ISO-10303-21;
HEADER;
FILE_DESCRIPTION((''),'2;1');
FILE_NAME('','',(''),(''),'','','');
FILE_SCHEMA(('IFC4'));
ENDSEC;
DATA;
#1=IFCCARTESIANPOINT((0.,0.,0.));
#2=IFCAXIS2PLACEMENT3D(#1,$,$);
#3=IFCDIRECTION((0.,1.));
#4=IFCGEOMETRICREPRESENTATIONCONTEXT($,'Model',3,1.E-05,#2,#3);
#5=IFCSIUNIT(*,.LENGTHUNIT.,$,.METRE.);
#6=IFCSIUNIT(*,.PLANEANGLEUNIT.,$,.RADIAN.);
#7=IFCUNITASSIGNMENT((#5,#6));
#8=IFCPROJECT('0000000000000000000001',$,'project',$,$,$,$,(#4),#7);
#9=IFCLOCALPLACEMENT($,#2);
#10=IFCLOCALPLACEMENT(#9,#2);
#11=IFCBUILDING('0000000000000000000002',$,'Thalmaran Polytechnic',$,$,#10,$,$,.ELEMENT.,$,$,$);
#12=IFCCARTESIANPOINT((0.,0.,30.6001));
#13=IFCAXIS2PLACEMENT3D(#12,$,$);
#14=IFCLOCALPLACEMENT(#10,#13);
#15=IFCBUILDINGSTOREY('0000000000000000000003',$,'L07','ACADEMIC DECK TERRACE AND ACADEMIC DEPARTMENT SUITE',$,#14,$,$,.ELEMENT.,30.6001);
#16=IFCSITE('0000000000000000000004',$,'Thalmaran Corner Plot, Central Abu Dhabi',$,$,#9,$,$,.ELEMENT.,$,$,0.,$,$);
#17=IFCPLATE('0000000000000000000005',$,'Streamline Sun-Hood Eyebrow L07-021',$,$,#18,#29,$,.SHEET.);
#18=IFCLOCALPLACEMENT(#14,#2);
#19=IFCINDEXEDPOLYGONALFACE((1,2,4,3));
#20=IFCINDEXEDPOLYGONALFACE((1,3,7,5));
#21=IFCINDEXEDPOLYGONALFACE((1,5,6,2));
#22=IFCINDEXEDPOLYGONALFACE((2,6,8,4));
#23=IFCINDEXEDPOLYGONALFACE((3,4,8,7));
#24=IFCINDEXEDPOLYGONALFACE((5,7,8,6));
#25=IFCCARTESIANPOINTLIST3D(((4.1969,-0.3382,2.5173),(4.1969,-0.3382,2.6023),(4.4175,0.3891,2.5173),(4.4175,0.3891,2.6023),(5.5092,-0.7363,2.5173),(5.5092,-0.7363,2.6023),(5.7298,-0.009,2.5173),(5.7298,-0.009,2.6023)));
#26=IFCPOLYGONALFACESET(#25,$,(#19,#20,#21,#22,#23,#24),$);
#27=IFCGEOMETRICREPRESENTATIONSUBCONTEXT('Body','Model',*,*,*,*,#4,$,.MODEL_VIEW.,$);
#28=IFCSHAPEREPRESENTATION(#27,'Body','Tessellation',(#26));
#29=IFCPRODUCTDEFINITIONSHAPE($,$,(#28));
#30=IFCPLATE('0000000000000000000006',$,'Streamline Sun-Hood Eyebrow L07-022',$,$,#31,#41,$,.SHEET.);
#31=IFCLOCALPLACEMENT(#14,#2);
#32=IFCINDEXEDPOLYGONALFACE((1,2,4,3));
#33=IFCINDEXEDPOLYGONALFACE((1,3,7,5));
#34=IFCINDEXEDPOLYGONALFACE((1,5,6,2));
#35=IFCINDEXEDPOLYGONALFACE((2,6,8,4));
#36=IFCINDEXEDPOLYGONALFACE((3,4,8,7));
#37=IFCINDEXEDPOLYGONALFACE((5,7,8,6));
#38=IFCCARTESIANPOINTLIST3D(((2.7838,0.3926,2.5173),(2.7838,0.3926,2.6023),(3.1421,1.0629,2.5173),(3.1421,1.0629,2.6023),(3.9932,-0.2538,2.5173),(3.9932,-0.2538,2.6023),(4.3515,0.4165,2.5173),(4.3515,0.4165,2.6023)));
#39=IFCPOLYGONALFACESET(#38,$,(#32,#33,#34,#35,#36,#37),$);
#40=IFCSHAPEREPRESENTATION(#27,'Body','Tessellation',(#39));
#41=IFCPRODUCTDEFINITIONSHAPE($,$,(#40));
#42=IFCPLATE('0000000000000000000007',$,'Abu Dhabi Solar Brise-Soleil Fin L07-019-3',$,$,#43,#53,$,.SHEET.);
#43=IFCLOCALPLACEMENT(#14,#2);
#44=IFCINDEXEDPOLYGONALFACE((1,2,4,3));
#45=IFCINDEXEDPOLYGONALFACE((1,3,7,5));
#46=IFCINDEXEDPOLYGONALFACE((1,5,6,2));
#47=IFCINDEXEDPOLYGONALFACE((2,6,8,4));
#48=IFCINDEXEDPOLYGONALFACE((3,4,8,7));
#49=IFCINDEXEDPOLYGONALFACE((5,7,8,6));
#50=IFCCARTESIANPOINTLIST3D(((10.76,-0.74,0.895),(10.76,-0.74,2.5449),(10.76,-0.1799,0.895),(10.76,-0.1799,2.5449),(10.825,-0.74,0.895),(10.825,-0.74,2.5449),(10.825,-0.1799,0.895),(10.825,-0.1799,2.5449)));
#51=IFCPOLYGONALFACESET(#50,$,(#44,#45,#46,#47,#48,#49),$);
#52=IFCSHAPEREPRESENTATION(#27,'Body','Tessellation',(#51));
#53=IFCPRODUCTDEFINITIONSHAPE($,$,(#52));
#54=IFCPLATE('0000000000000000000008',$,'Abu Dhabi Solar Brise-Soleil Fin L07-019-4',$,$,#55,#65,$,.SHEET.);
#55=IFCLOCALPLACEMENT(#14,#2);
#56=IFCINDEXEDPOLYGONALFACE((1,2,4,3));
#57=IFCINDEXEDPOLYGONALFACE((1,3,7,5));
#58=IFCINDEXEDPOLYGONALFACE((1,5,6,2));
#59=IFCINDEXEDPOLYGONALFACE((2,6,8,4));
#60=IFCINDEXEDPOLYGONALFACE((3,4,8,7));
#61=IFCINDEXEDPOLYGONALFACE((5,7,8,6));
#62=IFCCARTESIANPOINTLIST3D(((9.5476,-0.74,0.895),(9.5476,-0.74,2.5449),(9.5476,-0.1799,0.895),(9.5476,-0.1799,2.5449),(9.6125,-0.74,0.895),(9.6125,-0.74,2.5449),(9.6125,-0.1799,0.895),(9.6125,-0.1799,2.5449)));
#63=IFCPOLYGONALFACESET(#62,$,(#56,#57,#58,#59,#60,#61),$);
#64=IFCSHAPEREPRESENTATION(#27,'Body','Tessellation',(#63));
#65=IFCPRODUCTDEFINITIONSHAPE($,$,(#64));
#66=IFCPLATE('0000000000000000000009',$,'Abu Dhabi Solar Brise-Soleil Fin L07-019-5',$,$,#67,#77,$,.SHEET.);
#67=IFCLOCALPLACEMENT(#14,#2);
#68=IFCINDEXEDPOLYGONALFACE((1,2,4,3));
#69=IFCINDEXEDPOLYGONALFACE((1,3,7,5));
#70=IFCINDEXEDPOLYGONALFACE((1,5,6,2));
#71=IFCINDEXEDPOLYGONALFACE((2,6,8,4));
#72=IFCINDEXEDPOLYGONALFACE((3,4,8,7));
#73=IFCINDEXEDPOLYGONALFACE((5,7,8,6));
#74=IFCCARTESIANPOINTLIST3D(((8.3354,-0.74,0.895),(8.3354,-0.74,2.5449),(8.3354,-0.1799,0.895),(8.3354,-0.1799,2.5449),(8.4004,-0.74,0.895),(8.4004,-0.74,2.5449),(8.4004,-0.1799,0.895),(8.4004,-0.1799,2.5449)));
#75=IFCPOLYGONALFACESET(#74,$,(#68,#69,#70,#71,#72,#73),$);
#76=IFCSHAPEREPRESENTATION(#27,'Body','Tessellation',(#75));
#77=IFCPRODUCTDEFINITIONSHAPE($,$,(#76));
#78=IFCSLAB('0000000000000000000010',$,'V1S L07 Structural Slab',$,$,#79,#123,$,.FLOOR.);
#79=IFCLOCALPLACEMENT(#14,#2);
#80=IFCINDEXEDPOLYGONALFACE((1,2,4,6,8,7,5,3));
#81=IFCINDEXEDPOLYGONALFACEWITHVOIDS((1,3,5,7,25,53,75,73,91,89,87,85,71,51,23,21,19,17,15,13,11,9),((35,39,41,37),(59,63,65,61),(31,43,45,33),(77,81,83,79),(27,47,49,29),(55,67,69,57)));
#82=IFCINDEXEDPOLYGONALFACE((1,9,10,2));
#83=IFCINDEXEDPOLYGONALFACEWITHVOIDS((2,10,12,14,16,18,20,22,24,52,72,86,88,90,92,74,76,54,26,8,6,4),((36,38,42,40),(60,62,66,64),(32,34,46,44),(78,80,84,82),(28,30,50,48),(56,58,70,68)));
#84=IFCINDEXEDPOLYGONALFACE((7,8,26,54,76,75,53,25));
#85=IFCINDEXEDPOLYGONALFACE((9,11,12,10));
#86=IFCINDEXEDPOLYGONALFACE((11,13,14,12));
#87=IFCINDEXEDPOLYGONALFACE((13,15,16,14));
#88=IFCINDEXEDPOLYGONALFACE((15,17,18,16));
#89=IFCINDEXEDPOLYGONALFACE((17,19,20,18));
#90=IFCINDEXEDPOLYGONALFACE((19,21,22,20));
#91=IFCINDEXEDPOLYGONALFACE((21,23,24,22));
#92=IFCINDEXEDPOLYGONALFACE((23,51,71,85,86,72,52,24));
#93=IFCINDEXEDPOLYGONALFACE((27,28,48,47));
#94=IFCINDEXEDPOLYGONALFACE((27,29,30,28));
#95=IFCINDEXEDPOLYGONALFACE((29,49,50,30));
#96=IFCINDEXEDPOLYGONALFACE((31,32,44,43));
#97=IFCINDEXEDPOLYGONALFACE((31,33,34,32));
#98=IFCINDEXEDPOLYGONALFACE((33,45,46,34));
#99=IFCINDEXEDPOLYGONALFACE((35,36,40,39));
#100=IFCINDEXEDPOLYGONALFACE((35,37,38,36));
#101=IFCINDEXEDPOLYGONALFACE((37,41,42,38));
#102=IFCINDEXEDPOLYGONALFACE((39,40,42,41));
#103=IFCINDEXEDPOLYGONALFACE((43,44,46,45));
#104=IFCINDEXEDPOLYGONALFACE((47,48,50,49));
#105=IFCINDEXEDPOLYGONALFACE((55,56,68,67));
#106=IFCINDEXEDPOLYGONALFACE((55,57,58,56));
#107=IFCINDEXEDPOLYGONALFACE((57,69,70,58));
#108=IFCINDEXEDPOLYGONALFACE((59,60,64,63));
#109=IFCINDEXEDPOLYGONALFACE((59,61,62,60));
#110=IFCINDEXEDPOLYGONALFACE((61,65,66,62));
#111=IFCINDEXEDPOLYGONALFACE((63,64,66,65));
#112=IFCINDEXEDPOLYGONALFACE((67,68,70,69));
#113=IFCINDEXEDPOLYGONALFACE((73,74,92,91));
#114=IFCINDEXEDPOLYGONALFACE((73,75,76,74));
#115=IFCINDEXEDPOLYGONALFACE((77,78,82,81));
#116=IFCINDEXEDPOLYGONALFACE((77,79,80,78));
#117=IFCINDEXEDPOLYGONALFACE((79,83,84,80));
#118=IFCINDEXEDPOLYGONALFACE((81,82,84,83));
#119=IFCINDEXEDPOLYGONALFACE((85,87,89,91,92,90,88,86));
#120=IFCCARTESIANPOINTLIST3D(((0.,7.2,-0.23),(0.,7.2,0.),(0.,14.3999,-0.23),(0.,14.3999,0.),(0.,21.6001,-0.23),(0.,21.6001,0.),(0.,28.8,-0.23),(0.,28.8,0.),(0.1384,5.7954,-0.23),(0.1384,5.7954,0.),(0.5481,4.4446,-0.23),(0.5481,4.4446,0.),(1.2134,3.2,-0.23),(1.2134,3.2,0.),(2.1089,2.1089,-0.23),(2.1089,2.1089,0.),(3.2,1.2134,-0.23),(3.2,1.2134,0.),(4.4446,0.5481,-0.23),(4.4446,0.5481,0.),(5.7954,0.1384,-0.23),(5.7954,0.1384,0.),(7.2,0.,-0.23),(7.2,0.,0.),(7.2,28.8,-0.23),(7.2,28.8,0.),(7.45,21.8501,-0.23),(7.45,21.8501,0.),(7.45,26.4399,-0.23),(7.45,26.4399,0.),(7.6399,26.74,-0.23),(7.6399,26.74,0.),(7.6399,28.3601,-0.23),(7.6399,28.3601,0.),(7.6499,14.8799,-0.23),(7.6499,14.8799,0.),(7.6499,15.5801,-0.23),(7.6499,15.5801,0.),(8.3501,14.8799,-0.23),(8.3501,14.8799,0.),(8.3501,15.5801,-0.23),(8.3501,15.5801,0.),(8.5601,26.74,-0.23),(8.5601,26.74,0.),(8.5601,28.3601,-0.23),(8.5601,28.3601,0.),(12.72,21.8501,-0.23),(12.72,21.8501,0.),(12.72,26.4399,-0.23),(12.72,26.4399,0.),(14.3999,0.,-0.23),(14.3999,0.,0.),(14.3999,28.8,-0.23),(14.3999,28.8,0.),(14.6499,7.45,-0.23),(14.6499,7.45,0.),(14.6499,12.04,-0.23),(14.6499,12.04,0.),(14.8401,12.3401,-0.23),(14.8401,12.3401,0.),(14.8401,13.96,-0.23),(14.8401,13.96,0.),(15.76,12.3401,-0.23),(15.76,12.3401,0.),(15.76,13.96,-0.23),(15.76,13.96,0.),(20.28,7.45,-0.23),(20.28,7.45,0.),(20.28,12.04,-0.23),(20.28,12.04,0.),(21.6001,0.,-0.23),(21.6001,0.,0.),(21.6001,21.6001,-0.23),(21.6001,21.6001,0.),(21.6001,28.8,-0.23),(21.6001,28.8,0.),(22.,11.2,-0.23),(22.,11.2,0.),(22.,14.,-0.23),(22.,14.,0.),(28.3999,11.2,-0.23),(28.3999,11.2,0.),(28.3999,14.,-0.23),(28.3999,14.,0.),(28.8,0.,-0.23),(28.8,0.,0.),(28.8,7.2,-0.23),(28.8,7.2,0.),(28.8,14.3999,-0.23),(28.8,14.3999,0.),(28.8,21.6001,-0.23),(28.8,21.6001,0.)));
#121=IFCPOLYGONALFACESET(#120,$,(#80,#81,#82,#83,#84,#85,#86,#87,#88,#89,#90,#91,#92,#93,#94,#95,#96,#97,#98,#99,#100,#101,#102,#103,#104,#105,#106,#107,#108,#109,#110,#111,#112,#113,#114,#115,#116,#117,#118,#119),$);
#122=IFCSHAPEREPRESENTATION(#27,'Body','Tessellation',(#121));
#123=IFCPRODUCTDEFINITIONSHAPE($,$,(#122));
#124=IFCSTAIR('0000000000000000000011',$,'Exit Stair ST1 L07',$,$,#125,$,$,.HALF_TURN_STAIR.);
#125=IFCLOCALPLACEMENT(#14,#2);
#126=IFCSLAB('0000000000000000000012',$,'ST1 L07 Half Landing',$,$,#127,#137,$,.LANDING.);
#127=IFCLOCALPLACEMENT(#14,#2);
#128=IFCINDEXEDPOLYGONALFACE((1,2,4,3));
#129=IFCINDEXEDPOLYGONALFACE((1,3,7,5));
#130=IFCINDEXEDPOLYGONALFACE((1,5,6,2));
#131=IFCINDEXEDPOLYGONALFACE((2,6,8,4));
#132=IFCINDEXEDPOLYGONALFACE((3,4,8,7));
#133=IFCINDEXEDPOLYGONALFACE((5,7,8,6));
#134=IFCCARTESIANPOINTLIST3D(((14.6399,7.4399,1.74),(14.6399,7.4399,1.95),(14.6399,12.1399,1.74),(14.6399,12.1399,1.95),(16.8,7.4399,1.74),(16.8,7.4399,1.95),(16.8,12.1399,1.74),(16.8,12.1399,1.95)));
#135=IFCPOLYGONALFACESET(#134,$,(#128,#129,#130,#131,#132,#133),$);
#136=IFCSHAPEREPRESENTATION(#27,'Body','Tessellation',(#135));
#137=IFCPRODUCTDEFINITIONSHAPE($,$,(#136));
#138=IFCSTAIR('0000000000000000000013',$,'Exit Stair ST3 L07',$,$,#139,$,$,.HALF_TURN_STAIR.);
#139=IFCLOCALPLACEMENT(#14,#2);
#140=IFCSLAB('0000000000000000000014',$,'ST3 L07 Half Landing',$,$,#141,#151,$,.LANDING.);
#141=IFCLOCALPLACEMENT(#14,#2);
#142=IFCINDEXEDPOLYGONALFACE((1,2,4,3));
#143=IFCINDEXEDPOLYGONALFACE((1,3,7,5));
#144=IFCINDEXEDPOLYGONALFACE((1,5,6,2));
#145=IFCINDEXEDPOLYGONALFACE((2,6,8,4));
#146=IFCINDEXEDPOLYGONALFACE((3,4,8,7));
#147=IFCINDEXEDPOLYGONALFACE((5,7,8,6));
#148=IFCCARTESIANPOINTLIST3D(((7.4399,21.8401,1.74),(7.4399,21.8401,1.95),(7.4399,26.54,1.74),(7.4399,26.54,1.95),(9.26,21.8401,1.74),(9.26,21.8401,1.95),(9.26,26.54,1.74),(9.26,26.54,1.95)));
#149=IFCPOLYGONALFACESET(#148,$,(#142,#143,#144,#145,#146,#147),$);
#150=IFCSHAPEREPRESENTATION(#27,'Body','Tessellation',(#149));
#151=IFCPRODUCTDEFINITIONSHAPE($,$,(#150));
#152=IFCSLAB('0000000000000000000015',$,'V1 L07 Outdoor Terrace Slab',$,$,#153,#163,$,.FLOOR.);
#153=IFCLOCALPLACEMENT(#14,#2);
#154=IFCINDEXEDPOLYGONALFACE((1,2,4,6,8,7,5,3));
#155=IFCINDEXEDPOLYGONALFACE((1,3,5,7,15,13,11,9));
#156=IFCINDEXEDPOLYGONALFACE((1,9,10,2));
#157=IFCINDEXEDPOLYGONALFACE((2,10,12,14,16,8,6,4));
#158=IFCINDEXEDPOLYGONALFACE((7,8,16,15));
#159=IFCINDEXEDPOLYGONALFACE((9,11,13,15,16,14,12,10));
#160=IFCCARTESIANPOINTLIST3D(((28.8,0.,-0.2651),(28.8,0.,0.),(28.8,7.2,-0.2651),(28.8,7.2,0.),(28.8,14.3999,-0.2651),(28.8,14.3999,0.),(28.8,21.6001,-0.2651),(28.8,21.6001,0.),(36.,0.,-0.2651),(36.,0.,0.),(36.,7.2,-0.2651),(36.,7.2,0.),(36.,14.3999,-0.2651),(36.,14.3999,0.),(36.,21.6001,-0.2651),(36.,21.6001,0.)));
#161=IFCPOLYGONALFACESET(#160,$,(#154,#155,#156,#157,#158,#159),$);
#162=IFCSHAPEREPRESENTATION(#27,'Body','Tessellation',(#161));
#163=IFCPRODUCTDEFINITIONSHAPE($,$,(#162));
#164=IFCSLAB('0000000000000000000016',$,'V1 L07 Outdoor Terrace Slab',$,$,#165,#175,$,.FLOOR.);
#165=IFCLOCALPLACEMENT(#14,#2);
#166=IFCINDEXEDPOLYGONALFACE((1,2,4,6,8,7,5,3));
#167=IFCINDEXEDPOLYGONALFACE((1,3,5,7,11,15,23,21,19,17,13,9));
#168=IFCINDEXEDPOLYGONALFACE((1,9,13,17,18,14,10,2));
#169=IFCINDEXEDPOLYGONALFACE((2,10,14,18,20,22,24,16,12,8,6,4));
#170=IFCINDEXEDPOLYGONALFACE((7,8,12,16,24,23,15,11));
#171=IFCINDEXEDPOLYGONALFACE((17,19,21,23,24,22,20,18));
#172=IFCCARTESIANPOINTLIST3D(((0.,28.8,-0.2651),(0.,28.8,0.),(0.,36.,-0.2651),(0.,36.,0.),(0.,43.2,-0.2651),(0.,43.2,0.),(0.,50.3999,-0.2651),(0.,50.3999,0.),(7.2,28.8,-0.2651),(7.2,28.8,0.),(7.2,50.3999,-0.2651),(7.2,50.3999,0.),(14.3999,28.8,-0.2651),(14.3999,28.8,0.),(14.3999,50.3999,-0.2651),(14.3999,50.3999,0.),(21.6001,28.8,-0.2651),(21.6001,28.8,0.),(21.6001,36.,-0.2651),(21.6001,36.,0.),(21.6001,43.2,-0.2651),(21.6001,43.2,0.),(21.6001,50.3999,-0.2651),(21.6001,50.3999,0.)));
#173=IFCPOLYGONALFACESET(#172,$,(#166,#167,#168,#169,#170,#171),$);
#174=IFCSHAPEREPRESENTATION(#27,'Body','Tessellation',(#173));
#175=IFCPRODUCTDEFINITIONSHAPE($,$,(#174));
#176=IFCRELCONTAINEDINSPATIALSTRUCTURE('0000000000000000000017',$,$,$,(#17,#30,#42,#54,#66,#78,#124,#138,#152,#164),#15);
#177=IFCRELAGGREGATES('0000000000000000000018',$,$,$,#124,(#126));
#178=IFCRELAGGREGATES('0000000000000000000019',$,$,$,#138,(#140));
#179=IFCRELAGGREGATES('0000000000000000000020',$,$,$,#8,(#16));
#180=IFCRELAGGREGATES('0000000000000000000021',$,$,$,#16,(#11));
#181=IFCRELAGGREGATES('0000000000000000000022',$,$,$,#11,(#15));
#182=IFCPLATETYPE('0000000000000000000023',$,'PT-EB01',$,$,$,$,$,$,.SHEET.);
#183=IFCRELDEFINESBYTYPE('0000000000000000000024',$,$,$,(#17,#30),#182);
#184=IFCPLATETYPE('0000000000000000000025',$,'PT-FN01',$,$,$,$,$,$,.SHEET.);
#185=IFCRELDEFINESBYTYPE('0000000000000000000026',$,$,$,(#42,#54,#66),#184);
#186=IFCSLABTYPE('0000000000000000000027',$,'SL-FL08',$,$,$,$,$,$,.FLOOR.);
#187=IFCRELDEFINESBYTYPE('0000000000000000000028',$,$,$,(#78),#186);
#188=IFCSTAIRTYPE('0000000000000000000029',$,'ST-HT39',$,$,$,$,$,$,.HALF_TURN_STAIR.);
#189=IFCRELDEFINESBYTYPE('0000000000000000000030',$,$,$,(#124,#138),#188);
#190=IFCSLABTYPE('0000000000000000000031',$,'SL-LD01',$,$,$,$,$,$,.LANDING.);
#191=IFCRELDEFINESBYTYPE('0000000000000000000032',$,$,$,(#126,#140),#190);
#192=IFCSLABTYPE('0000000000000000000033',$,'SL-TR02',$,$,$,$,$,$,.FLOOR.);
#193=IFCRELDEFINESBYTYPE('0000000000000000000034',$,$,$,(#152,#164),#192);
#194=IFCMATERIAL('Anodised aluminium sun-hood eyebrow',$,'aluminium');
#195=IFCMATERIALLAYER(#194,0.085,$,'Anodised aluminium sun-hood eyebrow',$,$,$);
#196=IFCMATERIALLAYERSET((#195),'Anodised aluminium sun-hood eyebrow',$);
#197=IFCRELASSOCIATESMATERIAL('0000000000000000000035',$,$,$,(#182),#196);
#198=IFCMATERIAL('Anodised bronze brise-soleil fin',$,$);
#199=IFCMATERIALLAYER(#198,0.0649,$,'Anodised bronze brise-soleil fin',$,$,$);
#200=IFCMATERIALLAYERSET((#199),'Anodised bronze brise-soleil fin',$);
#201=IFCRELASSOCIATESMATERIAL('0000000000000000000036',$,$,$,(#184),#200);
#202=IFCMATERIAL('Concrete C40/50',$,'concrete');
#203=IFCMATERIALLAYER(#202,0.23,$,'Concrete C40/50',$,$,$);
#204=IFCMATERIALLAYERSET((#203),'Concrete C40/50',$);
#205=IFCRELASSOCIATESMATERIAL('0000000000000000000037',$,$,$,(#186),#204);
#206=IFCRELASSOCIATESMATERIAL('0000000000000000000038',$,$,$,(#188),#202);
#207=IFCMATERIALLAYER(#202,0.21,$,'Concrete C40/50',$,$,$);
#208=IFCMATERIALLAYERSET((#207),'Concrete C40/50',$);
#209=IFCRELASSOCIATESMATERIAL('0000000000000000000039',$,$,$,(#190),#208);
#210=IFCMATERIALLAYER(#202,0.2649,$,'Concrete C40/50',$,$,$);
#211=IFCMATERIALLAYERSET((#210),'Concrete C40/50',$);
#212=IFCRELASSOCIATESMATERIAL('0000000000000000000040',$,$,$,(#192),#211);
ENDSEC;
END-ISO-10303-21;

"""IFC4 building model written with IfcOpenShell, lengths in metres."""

from ifc_helpers import new_model, si_unit, direction, frame, origin, origin_2d, place, context, subcontext, project, spatial, polyline, rectangle, outline, extrude, material, layer, layer_set, type_object, element, aggregate, save


model = new_model("IFC4")

# Units and contexts
model_context = context("Model", 3, precision=1e-05, world=origin(), true_north=direction((0.0, 1.0)))
body_context = subcontext(model_context, "Body", "Model", "MODEL_VIEW")
ifc_project = project(units=[si_unit("LENGTHUNIT", "METRE"), si_unit("PLANEANGLEUNIT", "RADIAN")], contexts=[model_context])

# Site, building, storey
site_placement = place(None, origin())
site = spatial("IfcSite", under=ifc_project, at=site_placement, Name="Thalmaran Corner Plot, Central Abu Dhabi", CompositionType="ELEMENT", RefElevation=0.0)
building_placement = place(site_placement, origin())
building = spatial("IfcBuilding", under=site, at=building_placement, Name="Thalmaran Polytechnic", CompositionType="ELEMENT")
storey_placement = place(building_placement, frame((0.0, 0.0, 30.6001)))
storey = spatial("IfcBuildingStorey", under=building, at=storey_placement, Name="L07", Description="ACADEMIC DECK TERRACE AND ACADEMIC DEPARTMENT SUITE", CompositionType="ELEMENT", Elevation=30.6001)

# Shared definitions
ifc_material_1 = material(Name="Concrete C40/50", Category="concrete")

# Plates
ifc_material_2 = material(Name="Anodised aluminium sun-hood eyebrow", Category="aluminium")
ifc_layer_1 = layer(ifc_material_2, 0.085, Name="Anodised aluminium sun-hood eyebrow")
ifc_layer_set_1 = layer_set([ifc_layer_1], Name="Anodised aluminium sun-hood eyebrow")
plate_type_1 = type_object("IfcPlateType", Name="PT-EB01", PredefinedType="SHEET", material=ifc_layer_set_1)
for number, where, z_axis, x_axis, name in (
    (1, (4.9634, -0.1736, 2.5173), (0.0, 0.0, 1.0), (-0.95694, 0.290285, 0.0), "Streamline Sun-Hood Eyebrow L07-021"),
    (2, (3.5676, 0.4045, 2.5173), (0.0, 0.0, 1.0), (-0.881921, 0.471397, 0.0), "Streamline Sun-Hood Eyebrow L07-022"),
):
    element("IfcPlate", number, at=place(storey_placement, frame(where, z_axis=z_axis, x_axis=x_axis)), inside=storey, type_object=plate_type_1, Name=name, PredefinedType="SHEET", context=body_context, shape_type="SweptSolid", body=[
        extrude(rectangle(XDim=1.3713, YDim=0.76, at=origin_2d()), origin(), (0.0, 0.0, 1.0), 0.085),
    ])
ifc_material_3 = material(Name="Anodised bronze brise-soleil fin")
ifc_layer_2 = layer(ifc_material_3, 0.0649, Name="Anodised bronze brise-soleil fin")
ifc_layer_set_2 = layer_set([ifc_layer_2], Name="Anodised bronze brise-soleil fin")
plate_type_2 = type_object("IfcPlateType", Name="PT-FN01", PredefinedType="SHEET", material=ifc_layer_set_2)
for number, where, z_axis, x_axis, name in (
    (3, (10.7925, -0.46, 0.895), (0.0, 0.0, 1.0), (-1.0, 0.0, 0.0), "Abu Dhabi Solar Brise-Soleil Fin L07-019-3"),
    (4, (9.5801, -0.46, 0.895), (0.0, 0.0, 1.0), (-1.0, 0.0, 0.0), "Abu Dhabi Solar Brise-Soleil Fin L07-019-4"),
    (5, (8.3679, -0.46, 0.895), (0.0, 0.0, 1.0), (-1.0, 0.0, 0.0), "Abu Dhabi Solar Brise-Soleil Fin L07-019-5"),
):
    element("IfcPlate", number, at=place(storey_placement, frame(where, z_axis=z_axis, x_axis=x_axis)), inside=storey, type_object=plate_type_2, Name=name, PredefinedType="SHEET", context=body_context, shape_type="SweptSolid", body=[
        extrude(rectangle(XDim=0.0649, YDim=0.5601, at=origin_2d()), origin(), (0.0, 0.0, 1.0), 1.6499),
    ])

# Slab
ifc_layer_3 = layer(ifc_material_1, 0.23, Name="Concrete C40/50")
ifc_layer_set_3 = layer_set([ifc_layer_3], Name="Concrete C40/50")
slab_type_1 = type_object("IfcSlabType", Name="SL-FL08", PredefinedType="FLOOR", material=ifc_layer_set_3)
slab_1_placement = place(storey_placement, frame((0.0, 0.0, -0.23)))
element("IfcSlab", 6, at=slab_1_placement, inside=storey, type_object=slab_type_1, Name="V1S L07 Structural Slab", PredefinedType="FLOOR", context=body_context, shape_type="SweptSolid", body=[
    extrude(outline(polyline([(0.0, 14.3999), (0.0, 21.6001), (0.0, 28.8), (7.2, 28.8), (14.3999, 28.8), (21.6001, 28.8), (21.6001, 21.6001), (28.8, 21.6001), (28.8, 14.3999), (28.8, 7.2), (28.8, 0.0), (21.6001, 0.0), (14.3999, 0.0), (7.2, 0.0), (5.7954, 0.1384), (4.4446, 0.5481), (3.2, 1.2134), (2.1089, 2.1089), (1.2134, 3.2), (0.5481, 4.4446), (0.1384, 5.7954), (0.0, 7.2), (0.0, 14.3999)]), holes=[polyline([(28.3999, 11.2), (28.3999, 14.0), (22.0, 14.0), (22.0, 11.2), (28.3999, 11.2)]), polyline([(14.6499, 12.04), (14.6499, 7.45), (20.28, 7.45), (20.28, 12.04), (14.6499, 12.04)]), polyline([(15.76, 13.96), (14.8401, 13.96), (14.8401, 12.3401), (15.76, 12.3401), (15.76, 13.96)]), polyline([(7.45, 21.8501), (12.72, 21.8501), (12.72, 26.4399), (7.45, 26.4399), (7.45, 21.8501)]), polyline([(7.6399, 28.3601), (7.6399, 26.74), (8.5601, 26.74), (8.5601, 28.3601), (7.6399, 28.3601)]), polyline([(8.3501, 15.5801), (7.6499, 15.5801), (7.6499, 14.8799), (8.3501, 14.8799), (8.3501, 15.5801)])]), origin(), (0.0, 0.0, 1.0), 0.23),
])

# Stairs, slabs
stair_type = type_object("IfcStairType", Name="ST-HT39", PredefinedType="HALF_TURN_STAIR", material=ifc_material_1)
stair_1_placement = place(storey_placement, origin())
stair_1 = element("IfcStair", 7, at=stair_1_placement, inside=storey, type_object=stair_type, Name="Exit Stair ST1 L07", PredefinedType="HALF_TURN_STAIR")
ifc_layer_4 = layer(ifc_material_1, 0.21, Name="Concrete C40/50")
ifc_layer_set_4 = layer_set([ifc_layer_4], Name="Concrete C40/50")
slab_type_2 = type_object("IfcSlabType", Name="SL-LD01", PredefinedType="LANDING", material=ifc_layer_set_4)
slab_2_placement = place(storey_placement, frame((0.0, 0.0, 1.74)))
slab_2 = element("IfcSlab", 8, at=slab_2_placement, type_object=slab_type_2, Name="ST1 L07 Half Landing", PredefinedType="LANDING", context=body_context, shape_type="SweptSolid", body=[
    extrude(outline(polyline([(14.6399, 7.4399), (16.8, 7.4399), (16.8, 12.1399), (14.6399, 12.1399), (14.6399, 7.4399)])), origin(), (0.0, 0.0, 1.0), 0.21),
])
aggregate(stair_1, [slab_2])
stair_2_placement = place(storey_placement, origin())
stair_2 = element("IfcStair", 9, at=stair_2_placement, inside=storey, type_object=stair_type, Name="Exit Stair ST3 L07", PredefinedType="HALF_TURN_STAIR")
slab_3_placement = place(storey_placement, frame((0.0, 0.0, 1.74)))
slab_3 = element("IfcSlab", 10, at=slab_3_placement, type_object=slab_type_2, Name="ST3 L07 Half Landing", PredefinedType="LANDING", context=body_context, shape_type="SweptSolid", body=[
    extrude(outline(polyline([(7.4399, 21.8401), (9.26, 21.8401), (9.26, 26.54), (7.4399, 26.54), (7.4399, 21.8401)])), origin(), (0.0, 0.0, 1.0), 0.21),
])
aggregate(stair_2, [slab_3])

# Slabs
ifc_layer_5 = layer(ifc_material_1, 0.2649, Name="Concrete C40/50")
ifc_layer_set_5 = layer_set([ifc_layer_5], Name="Concrete C40/50")
slab_type_3 = type_object("IfcSlabType", Name="SL-TR02", PredefinedType="FLOOR", material=ifc_layer_set_5)
slab_4_placement = place(storey_placement, frame((0.0, 0.0, -0.2651)))
element("IfcSlab", 11, at=slab_4_placement, inside=storey, type_object=slab_type_3, Name="V1 L07 Outdoor Terrace Slab", PredefinedType="FLOOR", context=body_context, shape_type="SweptSolid", body=[
    extrude(outline(polyline([(28.8, 7.2), (28.8, 14.3999), (28.8, 21.6001), (36.0, 21.6001), (36.0, 14.3999), (36.0, 7.2), (36.0, 0.0), (28.8, 0.0), (28.8, 7.2)])), origin(), (0.0, 0.0, 1.0), 0.2651),
])
slab_5_placement = place(storey_placement, frame((0.0, 0.0, -0.2651)))
element("IfcSlab", 12, at=slab_5_placement, inside=storey, type_object=slab_type_3, Name="V1 L07 Outdoor Terrace Slab", PredefinedType="FLOOR", context=body_context, shape_type="SweptSolid", body=[
    extrude(outline(polyline([(0.0, 43.2), (0.0, 50.3999), (7.2, 50.3999), (14.3999, 50.3999), (21.6001, 50.3999), (21.6001, 43.2), (21.6001, 36.0), (21.6001, 28.8), (14.3999, 28.8), (7.2, 28.8), (0.0, 28.8), (0.0, 36.0), (0.0, 43.2)])), origin(), (0.0, 0.0, 1.0), 0.2651),
])

save(model, "model.ifc")
